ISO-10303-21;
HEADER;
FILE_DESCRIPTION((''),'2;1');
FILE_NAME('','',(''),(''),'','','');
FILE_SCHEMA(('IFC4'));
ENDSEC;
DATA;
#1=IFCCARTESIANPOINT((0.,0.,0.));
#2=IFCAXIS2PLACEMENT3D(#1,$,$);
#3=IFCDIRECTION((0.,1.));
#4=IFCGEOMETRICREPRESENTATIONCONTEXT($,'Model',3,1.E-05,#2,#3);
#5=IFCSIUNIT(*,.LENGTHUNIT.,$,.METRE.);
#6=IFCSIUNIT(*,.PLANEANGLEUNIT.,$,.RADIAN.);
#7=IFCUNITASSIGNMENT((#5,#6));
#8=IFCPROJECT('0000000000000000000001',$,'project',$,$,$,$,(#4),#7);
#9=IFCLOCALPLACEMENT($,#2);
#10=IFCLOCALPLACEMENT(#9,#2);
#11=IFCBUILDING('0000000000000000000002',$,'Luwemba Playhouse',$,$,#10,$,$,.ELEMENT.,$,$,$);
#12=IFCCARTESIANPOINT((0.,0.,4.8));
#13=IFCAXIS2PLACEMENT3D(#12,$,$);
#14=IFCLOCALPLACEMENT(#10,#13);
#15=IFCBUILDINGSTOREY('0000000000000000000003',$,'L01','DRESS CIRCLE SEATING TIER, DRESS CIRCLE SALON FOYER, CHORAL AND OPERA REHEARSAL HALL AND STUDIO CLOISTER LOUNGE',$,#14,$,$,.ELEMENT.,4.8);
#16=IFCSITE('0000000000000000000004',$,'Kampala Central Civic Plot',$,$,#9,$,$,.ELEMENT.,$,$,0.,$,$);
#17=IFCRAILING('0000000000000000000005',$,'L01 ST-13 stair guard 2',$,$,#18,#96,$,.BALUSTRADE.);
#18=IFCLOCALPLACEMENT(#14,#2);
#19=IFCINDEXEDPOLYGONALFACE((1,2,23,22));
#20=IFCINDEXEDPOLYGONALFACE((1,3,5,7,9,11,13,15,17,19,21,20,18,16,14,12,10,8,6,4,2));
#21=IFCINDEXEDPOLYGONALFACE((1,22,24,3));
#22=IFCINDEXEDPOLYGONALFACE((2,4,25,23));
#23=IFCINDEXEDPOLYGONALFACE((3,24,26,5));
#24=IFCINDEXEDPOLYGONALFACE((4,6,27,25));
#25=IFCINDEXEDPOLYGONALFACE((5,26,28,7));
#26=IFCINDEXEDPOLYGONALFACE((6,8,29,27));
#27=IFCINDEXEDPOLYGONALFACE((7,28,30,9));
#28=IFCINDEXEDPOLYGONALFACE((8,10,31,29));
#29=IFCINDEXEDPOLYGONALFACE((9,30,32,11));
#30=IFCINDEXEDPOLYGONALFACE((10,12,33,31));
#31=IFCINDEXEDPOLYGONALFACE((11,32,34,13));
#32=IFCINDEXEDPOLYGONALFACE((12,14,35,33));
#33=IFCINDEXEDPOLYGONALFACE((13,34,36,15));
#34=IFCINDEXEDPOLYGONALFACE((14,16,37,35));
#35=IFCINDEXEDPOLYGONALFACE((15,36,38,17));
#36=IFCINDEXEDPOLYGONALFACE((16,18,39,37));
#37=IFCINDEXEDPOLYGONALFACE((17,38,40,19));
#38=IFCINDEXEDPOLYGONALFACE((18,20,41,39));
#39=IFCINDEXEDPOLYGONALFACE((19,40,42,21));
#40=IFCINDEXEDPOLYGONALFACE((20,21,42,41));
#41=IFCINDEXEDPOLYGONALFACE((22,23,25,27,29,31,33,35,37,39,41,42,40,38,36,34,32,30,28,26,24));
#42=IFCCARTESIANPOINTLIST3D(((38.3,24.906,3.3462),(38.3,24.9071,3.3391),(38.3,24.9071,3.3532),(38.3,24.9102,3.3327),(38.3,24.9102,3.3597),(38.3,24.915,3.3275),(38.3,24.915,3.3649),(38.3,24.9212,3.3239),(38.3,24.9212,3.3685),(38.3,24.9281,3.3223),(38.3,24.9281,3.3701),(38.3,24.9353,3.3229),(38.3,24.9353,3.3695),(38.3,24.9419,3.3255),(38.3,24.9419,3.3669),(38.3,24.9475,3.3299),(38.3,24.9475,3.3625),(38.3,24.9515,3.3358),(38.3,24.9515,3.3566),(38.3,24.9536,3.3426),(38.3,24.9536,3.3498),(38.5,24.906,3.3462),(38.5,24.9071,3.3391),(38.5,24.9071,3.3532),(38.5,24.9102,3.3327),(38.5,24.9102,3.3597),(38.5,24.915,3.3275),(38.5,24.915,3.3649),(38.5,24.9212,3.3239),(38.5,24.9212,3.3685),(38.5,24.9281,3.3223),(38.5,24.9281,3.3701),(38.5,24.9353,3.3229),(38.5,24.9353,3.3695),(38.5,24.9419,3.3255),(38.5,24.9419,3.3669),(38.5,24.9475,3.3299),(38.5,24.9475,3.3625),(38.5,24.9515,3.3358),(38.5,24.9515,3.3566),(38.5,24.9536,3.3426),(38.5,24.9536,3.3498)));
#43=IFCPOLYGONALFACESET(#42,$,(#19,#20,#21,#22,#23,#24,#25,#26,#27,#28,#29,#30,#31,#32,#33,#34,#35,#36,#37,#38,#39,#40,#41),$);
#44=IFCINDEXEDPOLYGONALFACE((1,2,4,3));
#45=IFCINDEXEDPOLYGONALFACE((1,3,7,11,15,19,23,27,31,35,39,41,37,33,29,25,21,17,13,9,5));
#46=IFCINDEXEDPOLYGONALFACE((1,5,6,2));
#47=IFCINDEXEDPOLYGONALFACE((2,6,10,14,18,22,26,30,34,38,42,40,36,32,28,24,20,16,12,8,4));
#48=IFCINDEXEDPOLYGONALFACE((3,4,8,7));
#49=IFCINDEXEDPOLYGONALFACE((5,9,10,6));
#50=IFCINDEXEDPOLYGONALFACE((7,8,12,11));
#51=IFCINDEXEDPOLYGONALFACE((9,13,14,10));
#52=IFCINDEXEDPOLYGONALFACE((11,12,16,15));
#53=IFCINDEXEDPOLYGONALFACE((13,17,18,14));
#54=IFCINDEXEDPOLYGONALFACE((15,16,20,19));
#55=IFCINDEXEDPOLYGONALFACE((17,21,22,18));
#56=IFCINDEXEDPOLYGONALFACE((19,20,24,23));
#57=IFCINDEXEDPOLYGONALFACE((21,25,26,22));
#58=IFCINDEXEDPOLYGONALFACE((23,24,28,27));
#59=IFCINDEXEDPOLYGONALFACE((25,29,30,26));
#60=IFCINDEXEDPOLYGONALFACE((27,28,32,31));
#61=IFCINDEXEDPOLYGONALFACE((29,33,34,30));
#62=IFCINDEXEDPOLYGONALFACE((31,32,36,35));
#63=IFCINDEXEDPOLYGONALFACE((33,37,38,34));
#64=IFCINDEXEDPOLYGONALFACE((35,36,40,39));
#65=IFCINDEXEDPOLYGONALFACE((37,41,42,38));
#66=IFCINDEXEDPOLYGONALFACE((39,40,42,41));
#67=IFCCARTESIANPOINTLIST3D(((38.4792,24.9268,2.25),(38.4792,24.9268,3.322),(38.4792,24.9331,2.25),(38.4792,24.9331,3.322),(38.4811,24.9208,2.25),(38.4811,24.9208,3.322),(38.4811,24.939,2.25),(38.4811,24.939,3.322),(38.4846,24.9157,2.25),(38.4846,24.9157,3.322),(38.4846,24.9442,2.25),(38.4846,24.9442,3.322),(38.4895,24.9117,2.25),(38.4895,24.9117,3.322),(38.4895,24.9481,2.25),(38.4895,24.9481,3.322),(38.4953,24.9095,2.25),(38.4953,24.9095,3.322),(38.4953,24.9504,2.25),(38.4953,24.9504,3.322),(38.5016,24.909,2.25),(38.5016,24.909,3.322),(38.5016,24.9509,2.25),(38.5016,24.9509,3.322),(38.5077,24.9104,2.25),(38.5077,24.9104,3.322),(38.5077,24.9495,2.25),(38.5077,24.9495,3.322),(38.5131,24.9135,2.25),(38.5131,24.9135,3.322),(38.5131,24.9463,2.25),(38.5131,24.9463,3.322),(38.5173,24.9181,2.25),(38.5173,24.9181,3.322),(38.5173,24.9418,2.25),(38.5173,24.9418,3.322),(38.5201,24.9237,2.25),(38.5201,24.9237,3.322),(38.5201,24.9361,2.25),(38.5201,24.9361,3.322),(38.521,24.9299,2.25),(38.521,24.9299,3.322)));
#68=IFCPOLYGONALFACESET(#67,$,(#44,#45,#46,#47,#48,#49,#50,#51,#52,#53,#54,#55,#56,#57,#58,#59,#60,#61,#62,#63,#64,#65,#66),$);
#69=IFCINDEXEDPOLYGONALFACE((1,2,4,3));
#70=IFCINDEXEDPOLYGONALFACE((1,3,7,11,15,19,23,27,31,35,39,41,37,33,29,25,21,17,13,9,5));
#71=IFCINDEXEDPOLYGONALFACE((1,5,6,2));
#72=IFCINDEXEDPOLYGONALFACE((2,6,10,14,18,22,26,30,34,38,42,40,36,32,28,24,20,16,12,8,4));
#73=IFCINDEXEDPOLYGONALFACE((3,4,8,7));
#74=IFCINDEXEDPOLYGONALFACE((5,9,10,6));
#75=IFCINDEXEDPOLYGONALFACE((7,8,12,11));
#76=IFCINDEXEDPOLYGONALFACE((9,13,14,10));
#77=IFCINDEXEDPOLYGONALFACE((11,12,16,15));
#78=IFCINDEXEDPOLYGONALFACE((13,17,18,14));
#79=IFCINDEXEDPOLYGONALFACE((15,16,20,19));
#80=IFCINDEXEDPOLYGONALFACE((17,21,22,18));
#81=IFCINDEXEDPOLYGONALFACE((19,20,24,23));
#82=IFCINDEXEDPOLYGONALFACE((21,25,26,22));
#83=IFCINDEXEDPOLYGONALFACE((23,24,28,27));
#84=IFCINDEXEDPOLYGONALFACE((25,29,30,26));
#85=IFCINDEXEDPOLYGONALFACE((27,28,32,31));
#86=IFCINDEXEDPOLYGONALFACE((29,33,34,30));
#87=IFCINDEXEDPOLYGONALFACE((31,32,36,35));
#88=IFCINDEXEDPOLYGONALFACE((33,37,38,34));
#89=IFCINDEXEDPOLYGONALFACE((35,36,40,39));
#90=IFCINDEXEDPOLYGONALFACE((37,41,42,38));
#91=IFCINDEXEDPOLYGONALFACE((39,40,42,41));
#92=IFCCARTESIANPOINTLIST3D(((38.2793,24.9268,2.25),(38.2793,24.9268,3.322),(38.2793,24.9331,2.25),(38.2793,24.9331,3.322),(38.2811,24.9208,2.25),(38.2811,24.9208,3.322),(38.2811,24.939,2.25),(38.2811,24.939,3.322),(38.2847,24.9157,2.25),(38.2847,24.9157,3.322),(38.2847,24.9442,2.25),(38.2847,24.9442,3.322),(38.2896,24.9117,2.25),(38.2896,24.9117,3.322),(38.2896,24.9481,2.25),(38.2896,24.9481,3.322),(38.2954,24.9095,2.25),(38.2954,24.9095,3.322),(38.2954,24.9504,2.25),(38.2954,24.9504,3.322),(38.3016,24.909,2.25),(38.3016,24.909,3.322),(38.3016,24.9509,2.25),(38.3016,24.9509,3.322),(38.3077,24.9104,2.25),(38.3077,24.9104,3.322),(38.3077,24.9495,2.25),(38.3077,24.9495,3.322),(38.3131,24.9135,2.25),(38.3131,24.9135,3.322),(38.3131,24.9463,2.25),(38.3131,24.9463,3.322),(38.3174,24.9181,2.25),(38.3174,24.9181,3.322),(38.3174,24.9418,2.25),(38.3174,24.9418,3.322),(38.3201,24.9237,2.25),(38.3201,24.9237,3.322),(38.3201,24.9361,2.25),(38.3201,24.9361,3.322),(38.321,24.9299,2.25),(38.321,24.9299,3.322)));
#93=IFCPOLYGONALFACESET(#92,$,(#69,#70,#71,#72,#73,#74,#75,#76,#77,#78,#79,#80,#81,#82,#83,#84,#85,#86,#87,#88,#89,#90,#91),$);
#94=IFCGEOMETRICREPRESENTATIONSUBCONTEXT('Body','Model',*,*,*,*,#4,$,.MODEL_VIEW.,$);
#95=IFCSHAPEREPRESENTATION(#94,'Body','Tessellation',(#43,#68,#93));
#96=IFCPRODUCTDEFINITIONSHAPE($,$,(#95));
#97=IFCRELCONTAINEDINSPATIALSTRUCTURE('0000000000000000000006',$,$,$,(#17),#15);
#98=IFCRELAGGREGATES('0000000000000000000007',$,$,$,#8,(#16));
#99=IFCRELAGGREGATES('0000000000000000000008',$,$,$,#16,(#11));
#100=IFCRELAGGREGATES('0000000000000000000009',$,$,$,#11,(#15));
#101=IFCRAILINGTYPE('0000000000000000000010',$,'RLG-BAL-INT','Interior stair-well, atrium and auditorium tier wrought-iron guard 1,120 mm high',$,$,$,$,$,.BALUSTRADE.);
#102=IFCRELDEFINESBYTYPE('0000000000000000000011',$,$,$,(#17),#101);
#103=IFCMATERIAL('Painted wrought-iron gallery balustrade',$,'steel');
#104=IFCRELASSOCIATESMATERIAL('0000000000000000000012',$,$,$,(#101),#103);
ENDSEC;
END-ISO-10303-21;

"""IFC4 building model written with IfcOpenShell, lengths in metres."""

from ifc_helpers import new_model, si_unit, direction, frame, origin, origin_2d, place, context, subcontext, project, spatial, circle, extrude, material, type_object, element, save


model = new_model("IFC4")

# Units and contexts
model_context = context("Model", 3, precision=1e-05, world=origin(), true_north=direction((0.0, 1.0)))
body_context = subcontext(model_context, "Body", "Model", "MODEL_VIEW")
ifc_project = project(units=[si_unit("LENGTHUNIT", "METRE"), si_unit("PLANEANGLEUNIT", "RADIAN")], contexts=[model_context])

# Site, building, storey
site_placement = place(None, origin())
site = spatial("IfcSite", under=ifc_project, at=site_placement, Name="Kampala Central Civic Plot", CompositionType="ELEMENT", RefElevation=0.0)
building_placement = place(site_placement, origin())
building = spatial("IfcBuilding", under=site, at=building_placement, Name="Luwemba Playhouse", CompositionType="ELEMENT")
storey_placement = place(building_placement, frame((0.0, 0.0, 4.8)))
storey = spatial("IfcBuildingStorey", under=building, at=storey_placement, Name="L01", Description="DRESS CIRCLE SEATING TIER, DRESS CIRCLE SALON FOYER, CHORAL AND OPERA REHEARSAL HALL AND STUDIO CLOISTER LOUNGE", CompositionType="ELEMENT", Elevation=4.8)

# Railing
ifc_material_1 = material(Name="Painted wrought-iron gallery balustrade", Category="steel")
railing_type_1 = type_object("IfcRailingType", Name="RLG-BAL-INT", Description="Interior stair-well, atrium and auditorium tier wrought-iron guard 1,120 mm high", PredefinedType="BALUSTRADE", material=ifc_material_1)
railing_1_placement = place(storey_placement, frame((38.5, 24.9299, 2.25)))
element("IfcRailing", 1, at=railing_1_placement, inside=storey, type_object=railing_type_1, Name="L01 ST-13 stair guard 2", PredefinedType="BALUSTRADE", context=body_context, shape_type="SweptSolid", body=[
    extrude(circle(Radius=0.0239, at=origin_2d()), frame((0.0, 0.0, 1.0962), z_axis=(-1.0, 0.0, 0.0), x_axis=(0.0, -1.0, 0.0)), (0.0, 0.0, 1.0), 0.2),
    extrude(circle(Radius=0.021, at=origin_2d()), origin(), (0.0, 0.0, 1.0), 1.072),
    extrude(circle(Radius=0.021, at=origin_2d()), frame((-0.2, 0.0, 0.0)), (0.0, 0.0, 1.0), 1.072),
])

save(model, "model.ifc")
